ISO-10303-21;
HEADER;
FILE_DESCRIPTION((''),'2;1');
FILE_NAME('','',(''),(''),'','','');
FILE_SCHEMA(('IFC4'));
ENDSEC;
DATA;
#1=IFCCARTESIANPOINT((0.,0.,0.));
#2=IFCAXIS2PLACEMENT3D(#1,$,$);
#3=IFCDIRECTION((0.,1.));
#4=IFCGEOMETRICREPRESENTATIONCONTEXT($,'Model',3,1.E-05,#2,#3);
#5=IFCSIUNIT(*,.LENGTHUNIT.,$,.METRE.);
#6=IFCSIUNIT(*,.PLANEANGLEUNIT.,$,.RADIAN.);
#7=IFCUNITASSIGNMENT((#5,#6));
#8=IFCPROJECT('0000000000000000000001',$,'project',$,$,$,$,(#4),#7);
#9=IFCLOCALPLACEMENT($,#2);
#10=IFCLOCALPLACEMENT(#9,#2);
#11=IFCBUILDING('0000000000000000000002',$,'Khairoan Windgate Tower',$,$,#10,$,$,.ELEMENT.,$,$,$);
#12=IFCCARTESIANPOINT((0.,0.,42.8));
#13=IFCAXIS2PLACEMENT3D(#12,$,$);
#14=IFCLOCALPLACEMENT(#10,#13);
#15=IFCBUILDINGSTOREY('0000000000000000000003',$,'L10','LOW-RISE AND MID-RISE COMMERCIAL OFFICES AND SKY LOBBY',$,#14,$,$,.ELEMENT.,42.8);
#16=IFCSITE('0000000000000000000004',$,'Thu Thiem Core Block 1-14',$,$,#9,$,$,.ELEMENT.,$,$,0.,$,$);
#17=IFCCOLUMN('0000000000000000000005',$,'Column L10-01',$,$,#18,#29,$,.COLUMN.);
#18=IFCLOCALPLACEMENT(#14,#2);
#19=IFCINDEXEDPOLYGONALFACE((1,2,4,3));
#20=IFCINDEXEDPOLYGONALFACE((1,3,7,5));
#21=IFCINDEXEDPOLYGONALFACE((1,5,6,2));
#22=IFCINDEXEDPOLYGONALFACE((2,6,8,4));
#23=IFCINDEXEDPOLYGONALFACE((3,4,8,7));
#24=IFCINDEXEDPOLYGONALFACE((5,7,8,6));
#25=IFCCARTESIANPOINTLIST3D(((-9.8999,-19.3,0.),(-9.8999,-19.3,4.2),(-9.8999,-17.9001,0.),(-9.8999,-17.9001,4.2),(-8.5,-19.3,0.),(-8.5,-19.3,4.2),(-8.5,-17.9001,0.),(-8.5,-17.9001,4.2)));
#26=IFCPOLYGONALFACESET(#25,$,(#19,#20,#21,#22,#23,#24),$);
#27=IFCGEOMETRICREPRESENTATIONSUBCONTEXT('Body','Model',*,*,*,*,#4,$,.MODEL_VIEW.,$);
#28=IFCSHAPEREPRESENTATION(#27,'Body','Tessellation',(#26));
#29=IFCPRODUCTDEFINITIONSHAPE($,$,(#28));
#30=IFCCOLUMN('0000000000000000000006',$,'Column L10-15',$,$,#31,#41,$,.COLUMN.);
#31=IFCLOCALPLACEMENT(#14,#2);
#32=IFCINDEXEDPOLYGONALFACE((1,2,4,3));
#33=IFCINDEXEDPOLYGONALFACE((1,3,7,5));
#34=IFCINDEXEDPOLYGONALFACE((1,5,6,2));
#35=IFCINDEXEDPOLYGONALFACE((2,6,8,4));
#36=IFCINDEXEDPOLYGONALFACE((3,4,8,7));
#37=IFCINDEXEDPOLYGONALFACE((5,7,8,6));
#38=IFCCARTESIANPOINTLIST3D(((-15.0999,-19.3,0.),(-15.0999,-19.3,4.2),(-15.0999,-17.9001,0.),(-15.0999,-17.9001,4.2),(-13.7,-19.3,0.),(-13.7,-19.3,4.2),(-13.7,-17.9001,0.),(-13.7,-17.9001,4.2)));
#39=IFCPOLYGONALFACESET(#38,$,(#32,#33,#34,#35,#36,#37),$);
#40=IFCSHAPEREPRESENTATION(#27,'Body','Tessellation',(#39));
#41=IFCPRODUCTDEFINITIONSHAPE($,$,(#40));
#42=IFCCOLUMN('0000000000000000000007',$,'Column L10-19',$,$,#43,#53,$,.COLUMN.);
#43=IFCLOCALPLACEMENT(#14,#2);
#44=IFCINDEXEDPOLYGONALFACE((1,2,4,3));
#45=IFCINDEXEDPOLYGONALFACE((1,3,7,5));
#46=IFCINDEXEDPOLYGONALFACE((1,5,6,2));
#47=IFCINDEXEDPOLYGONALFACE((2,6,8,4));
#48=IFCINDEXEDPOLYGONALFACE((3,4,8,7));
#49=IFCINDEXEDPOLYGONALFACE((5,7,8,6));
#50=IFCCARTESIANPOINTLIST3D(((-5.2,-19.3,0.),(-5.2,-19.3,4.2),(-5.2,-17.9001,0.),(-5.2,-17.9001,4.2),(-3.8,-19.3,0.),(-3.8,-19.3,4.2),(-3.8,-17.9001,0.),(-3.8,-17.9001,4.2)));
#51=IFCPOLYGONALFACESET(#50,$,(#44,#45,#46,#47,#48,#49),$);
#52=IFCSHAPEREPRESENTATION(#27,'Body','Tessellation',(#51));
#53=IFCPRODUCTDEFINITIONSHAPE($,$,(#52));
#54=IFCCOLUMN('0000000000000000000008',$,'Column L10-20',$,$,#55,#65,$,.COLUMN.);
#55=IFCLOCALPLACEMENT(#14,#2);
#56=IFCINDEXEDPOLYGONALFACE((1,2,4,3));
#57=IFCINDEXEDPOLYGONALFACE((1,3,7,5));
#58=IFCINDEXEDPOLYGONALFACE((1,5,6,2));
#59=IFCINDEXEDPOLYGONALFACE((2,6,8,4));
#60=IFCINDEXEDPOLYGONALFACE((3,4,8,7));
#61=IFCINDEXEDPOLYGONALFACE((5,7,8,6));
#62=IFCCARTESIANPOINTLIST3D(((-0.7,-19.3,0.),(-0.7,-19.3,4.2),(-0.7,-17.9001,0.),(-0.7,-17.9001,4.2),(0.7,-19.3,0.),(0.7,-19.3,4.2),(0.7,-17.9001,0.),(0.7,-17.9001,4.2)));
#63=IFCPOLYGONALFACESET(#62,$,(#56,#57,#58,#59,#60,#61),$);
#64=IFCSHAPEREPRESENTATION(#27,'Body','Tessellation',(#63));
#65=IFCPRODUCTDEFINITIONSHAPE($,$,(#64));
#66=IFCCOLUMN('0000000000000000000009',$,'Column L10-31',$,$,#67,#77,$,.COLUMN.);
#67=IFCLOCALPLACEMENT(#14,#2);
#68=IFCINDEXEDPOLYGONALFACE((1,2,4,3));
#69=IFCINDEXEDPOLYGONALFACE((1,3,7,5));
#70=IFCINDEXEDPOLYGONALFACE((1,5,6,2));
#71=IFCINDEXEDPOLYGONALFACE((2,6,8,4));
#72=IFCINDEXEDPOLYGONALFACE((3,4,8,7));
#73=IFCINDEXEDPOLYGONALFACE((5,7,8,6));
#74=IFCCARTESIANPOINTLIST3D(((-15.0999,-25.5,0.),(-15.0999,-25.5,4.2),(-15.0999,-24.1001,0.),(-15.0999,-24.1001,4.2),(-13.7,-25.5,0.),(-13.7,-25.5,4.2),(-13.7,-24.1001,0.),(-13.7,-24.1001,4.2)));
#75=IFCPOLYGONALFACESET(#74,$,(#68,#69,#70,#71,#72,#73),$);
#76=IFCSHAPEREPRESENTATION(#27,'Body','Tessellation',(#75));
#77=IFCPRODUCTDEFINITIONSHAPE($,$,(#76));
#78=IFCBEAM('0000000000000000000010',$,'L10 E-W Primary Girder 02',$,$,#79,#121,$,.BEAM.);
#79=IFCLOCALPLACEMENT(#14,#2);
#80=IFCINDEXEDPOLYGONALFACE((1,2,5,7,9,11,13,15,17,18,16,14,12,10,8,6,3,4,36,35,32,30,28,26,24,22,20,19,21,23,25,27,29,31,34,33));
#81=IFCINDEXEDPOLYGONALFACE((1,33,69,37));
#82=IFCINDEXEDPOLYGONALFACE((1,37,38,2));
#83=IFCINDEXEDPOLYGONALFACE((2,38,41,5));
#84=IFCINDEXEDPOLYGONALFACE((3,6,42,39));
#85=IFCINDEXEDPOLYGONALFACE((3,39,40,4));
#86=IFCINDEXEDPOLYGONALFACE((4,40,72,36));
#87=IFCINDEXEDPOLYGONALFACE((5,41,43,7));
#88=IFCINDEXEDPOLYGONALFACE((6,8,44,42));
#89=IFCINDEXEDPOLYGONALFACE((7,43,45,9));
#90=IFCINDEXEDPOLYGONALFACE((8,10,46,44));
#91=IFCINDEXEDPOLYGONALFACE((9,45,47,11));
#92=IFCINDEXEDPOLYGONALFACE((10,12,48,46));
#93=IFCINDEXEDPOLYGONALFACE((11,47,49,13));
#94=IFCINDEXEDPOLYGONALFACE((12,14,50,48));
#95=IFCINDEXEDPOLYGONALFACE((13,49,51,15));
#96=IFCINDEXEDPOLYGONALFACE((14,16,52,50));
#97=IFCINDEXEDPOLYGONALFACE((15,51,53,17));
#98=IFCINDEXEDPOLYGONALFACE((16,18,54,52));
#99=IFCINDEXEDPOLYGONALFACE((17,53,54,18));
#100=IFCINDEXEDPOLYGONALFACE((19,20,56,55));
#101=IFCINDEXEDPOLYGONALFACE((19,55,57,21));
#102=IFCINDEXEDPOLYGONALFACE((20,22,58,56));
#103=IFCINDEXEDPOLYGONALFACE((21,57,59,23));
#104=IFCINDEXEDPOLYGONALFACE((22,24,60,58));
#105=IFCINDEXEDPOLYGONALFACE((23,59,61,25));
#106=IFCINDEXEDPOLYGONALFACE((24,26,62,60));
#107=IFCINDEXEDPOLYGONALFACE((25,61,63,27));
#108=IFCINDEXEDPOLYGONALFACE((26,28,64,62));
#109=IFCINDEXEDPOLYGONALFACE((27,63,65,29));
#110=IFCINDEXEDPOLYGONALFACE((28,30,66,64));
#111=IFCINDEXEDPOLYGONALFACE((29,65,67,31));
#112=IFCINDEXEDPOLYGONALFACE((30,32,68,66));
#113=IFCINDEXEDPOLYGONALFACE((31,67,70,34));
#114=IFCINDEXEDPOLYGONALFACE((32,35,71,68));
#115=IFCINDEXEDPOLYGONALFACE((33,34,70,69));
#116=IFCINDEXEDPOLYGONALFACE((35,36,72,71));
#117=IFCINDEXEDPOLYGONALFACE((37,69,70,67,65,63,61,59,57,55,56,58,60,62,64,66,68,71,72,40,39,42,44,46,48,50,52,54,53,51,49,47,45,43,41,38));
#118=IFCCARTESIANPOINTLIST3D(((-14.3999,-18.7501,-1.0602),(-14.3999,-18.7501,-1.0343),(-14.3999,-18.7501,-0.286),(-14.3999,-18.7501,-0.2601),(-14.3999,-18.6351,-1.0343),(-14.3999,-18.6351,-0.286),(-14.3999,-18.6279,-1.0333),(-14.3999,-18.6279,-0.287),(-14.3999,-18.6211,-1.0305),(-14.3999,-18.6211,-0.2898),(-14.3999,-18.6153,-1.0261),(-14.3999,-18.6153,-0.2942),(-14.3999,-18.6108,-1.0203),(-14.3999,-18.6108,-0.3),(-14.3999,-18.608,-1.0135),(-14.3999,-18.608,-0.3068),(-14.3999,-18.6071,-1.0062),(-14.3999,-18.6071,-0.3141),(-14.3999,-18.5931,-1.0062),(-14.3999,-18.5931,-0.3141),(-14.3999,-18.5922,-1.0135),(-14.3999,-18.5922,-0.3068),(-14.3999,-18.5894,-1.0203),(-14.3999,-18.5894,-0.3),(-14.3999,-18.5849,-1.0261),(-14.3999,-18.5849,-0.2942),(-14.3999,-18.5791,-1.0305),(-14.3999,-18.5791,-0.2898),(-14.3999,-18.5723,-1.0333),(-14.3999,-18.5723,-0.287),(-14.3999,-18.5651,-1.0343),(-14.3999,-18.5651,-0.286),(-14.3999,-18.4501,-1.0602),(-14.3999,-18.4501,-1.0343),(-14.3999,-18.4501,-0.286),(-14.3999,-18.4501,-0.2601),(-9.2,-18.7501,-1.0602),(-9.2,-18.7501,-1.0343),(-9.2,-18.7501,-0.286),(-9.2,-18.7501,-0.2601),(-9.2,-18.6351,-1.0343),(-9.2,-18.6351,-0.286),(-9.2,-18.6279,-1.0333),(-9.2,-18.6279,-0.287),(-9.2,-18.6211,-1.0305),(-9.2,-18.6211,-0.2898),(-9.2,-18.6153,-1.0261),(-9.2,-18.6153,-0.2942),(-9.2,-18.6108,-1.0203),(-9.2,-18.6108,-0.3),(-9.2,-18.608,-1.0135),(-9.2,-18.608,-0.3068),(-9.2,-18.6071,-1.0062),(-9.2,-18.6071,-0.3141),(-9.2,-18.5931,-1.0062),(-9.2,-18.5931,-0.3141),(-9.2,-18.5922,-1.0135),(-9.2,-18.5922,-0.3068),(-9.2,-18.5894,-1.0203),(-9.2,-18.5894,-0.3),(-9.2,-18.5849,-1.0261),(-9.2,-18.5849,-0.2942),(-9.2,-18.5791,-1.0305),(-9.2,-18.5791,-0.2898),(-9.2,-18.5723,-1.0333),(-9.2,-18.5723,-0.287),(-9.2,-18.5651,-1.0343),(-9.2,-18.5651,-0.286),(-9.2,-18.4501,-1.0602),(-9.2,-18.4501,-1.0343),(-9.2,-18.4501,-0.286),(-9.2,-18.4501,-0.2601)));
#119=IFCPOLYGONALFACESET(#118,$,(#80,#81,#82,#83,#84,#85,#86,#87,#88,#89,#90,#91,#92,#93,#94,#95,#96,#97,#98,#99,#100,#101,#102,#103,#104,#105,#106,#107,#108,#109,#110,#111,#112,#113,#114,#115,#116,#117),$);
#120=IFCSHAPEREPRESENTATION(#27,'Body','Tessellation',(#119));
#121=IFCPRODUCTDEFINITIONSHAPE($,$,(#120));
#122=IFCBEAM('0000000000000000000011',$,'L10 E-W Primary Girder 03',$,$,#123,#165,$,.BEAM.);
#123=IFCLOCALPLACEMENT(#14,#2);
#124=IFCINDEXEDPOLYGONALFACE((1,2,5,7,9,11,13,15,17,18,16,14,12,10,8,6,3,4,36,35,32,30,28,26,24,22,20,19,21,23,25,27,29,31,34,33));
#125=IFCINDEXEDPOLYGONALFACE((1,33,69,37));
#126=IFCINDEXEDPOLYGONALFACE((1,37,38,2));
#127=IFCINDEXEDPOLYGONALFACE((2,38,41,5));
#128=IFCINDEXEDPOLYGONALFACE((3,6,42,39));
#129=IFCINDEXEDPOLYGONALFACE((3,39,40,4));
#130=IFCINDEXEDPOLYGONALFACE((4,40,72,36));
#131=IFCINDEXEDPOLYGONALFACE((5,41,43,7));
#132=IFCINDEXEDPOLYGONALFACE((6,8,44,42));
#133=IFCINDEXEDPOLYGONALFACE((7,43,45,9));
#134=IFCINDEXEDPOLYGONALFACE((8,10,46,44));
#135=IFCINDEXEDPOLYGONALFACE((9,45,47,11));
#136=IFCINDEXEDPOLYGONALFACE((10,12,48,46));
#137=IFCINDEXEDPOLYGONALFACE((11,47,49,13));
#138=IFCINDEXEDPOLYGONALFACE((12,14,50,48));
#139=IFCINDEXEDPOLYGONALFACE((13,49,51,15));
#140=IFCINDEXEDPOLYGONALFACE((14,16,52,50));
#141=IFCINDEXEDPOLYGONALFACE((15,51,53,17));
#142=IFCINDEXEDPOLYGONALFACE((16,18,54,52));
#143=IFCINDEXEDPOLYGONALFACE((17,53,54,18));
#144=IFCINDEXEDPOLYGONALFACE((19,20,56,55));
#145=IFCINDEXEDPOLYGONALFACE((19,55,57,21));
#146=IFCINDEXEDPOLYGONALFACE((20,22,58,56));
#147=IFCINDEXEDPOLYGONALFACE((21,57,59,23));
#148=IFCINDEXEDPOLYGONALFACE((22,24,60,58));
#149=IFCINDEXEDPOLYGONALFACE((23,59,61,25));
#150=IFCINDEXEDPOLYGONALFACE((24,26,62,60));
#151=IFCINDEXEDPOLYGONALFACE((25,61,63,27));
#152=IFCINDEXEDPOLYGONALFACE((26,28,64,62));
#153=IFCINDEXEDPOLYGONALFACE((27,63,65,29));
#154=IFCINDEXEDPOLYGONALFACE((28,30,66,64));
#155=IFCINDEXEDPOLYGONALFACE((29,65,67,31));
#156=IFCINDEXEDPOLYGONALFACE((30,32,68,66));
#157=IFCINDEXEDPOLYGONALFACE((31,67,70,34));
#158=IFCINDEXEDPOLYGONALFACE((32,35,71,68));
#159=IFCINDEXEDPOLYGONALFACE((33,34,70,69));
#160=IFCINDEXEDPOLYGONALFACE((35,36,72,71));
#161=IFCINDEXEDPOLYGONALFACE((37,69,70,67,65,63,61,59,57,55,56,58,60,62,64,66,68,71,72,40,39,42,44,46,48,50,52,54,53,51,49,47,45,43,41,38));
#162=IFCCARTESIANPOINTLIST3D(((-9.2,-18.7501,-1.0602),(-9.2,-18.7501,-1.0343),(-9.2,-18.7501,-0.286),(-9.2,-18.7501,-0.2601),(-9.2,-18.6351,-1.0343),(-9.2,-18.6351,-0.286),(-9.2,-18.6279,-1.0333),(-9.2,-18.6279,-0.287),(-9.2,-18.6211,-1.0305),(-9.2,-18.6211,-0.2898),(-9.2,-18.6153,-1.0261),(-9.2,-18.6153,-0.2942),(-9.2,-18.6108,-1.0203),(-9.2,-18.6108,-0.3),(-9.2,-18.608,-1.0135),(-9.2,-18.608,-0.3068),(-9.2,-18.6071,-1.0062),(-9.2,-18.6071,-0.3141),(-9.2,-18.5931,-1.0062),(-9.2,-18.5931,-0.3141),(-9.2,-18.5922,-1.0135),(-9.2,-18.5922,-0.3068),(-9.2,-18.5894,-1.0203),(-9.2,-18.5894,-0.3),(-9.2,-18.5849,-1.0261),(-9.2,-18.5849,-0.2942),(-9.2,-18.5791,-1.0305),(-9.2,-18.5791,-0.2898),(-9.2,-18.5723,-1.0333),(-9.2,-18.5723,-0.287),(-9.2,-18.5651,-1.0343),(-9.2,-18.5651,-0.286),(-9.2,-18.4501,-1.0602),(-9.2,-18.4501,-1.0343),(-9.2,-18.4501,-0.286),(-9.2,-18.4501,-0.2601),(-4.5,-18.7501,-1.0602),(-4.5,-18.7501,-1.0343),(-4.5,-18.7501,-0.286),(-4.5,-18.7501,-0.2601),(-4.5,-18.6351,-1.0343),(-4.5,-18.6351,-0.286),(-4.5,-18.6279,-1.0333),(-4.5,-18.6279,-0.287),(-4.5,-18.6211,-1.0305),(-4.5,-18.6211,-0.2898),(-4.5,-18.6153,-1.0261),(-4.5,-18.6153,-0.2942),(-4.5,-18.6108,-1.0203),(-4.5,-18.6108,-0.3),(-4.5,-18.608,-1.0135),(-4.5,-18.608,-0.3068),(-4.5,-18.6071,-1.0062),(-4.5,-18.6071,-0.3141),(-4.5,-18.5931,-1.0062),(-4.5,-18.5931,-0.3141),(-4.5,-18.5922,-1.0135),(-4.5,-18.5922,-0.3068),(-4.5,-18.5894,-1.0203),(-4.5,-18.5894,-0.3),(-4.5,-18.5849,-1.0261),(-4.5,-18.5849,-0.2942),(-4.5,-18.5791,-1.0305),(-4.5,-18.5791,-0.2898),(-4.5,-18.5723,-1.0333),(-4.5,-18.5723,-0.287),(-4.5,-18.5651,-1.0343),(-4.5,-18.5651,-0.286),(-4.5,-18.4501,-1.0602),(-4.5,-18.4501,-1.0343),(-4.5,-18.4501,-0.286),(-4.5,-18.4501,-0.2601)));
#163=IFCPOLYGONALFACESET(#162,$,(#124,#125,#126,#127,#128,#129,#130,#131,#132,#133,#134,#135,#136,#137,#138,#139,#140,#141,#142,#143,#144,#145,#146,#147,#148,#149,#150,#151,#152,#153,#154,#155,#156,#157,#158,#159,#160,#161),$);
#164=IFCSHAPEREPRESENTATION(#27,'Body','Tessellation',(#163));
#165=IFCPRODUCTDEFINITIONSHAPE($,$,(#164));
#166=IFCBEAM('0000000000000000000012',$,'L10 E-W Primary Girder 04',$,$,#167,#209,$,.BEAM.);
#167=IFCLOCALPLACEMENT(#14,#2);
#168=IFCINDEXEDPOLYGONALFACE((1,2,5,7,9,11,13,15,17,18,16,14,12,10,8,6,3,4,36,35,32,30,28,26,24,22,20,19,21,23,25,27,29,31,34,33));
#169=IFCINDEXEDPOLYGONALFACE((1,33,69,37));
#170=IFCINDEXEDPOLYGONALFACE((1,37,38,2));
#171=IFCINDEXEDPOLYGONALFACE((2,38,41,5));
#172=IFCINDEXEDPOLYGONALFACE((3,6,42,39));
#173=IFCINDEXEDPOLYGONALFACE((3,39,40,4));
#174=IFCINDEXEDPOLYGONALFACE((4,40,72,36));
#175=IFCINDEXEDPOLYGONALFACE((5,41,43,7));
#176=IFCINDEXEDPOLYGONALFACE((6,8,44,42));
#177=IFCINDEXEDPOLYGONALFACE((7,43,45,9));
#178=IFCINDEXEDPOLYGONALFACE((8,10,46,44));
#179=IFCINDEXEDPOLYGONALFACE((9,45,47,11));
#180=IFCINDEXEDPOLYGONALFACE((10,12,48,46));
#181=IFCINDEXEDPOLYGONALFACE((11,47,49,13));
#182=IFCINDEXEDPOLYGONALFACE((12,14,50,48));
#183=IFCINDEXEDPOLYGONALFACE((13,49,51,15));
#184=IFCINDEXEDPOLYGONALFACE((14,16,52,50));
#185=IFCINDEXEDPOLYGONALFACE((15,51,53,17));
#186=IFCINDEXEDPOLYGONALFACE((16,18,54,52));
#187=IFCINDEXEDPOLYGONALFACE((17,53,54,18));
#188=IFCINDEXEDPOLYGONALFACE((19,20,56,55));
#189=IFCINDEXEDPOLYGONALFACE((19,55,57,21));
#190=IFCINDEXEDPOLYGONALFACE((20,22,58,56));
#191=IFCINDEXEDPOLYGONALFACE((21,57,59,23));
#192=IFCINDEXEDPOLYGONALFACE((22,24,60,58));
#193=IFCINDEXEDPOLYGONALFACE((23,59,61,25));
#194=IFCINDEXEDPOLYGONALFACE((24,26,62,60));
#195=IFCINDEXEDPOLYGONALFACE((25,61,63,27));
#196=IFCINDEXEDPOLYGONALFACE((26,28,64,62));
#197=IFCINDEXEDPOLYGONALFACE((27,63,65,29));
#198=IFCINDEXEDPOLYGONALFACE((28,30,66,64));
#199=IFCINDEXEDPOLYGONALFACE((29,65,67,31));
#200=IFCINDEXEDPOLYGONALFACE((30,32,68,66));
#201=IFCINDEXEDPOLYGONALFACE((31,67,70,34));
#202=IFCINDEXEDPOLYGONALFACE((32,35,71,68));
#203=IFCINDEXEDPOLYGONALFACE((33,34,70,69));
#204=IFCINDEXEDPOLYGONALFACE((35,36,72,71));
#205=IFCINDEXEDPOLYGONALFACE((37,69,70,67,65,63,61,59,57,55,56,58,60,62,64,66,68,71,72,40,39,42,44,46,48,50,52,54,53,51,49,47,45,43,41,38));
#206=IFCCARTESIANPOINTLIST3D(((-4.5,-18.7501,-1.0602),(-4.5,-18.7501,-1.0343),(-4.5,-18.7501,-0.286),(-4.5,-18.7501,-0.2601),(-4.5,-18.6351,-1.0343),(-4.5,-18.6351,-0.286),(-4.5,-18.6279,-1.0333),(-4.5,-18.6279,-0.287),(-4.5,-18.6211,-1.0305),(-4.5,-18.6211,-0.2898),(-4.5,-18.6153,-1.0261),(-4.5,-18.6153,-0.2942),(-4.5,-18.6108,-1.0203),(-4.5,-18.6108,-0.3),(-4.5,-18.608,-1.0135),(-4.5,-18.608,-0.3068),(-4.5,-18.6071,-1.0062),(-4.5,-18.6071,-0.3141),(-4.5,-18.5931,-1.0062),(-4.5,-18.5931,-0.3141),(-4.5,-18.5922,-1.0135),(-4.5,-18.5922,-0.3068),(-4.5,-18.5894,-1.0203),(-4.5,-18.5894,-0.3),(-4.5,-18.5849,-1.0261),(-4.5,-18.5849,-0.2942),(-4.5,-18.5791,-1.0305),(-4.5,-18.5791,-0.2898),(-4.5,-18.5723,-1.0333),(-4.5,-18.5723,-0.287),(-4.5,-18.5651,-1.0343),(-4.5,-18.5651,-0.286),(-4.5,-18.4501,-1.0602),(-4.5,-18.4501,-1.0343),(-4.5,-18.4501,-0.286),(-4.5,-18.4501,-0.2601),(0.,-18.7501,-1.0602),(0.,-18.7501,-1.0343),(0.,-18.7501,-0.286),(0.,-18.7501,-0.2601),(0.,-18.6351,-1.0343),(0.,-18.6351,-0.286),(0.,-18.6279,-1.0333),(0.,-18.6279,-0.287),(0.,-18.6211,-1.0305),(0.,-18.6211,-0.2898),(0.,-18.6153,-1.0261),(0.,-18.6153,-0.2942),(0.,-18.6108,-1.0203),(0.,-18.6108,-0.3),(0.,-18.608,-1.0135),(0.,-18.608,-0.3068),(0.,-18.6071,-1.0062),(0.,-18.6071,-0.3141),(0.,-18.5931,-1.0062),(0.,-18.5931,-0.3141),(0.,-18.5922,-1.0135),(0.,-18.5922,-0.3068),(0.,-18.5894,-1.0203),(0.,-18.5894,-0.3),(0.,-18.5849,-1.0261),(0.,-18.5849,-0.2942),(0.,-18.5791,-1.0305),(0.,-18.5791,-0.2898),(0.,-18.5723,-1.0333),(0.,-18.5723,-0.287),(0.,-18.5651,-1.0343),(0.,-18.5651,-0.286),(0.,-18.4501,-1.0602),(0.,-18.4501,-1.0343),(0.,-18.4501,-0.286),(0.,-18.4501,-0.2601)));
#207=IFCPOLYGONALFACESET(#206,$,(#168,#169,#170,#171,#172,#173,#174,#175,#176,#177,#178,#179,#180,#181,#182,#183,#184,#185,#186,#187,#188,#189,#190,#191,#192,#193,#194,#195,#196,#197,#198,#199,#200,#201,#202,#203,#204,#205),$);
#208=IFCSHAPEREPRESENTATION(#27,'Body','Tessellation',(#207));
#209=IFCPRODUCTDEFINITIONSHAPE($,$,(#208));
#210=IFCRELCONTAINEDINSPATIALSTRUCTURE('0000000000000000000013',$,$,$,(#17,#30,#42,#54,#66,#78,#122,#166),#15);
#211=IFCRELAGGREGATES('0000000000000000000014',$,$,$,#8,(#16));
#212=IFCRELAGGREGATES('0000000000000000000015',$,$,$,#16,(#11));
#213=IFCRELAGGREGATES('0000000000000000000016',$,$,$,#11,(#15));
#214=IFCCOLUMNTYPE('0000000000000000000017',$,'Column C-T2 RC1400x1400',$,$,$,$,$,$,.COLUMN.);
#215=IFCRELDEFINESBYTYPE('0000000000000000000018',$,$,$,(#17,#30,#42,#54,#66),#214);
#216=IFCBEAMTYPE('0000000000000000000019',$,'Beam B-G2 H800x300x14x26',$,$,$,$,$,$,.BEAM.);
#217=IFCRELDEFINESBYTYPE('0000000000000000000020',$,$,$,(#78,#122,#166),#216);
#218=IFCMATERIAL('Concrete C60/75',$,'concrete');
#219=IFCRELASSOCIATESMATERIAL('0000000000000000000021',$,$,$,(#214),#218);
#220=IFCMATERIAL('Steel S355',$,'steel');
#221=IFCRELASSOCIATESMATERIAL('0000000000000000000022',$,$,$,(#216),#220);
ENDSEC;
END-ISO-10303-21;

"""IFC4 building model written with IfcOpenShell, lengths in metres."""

from ifc_helpers import new_model, si_unit, direction, frame, origin, origin_2d, place, context, subcontext, project, spatial, rectangle, i_section, extrude, material, material_profile, profile_set, type_object, element, save


model = new_model("IFC4")

# Units and contexts
model_context = context("Model", 3, precision=1e-05, world=origin(), true_north=direction((0.0, 1.0)))
body_context = subcontext(model_context, "Body", "Model", "MODEL_VIEW")
ifc_project = project(units=[si_unit("LENGTHUNIT", "METRE"), si_unit("PLANEANGLEUNIT", "RADIAN")], contexts=[model_context])

# Site, building, storey
site_placement = place(None, origin())
site = spatial("IfcSite", under=ifc_project, at=site_placement, Name="Thu Thiem Core Block 1-14", CompositionType="ELEMENT", RefElevation=0.0)
building_placement = place(site_placement, origin())
building = spatial("IfcBuilding", under=site, at=building_placement, Name="Khairoan Windgate Tower", CompositionType="ELEMENT")
storey_placement = place(building_placement, frame((0.0, 0.0, 42.8)))
storey = spatial("IfcBuildingStorey", under=building, at=storey_placement, Name="L10", Description="LOW-RISE AND MID-RISE COMMERCIAL OFFICES AND SKY LOBBY", CompositionType="ELEMENT", Elevation=42.8)

# Columns
ifc_material_1 = material(Name="Concrete C60/75", Category="concrete")
ifc_material_profile_1 = material_profile(ifc_material_1, rectangle(XDim=1.3999, YDim=1.3999, at=origin_2d()))
ifc_profile_set_1 = profile_set([ifc_material_profile_1], Name="Concrete C60/75")
column_type = type_object("IfcColumnType", Name="Column C-T2 RC1400x1400", PredefinedType="COLUMN", material=ifc_profile_set_1)
for number, where, z_axis, x_axis, name in (
    (1, (-9.2, -18.6001, 0.0), (0.0, 0.0, 1.0), (1.0, 0.0, 0.0), "Column L10-01"),
    (2, (-14.3999, -18.6001, 0.0), (0.0, 0.0, 1.0), (1.0, 0.0, 0.0), "Column L10-15"),
    (3, (-4.5, -18.6001, 0.0), (0.0, 0.0, 1.0), (1.0, 0.0, 0.0), "Column L10-19"),
    (4, (0.0, -18.6001, 0.0), (0.0, 0.0, 1.0), (1.0, 0.0, 0.0), "Column L10-20"),
    (5, (-14.3999, -24.8, 0.0), (0.0, 0.0, 1.0), (1.0, 0.0, 0.0), "Column L10-31"),
):
    element("IfcColumn", number, at=place(storey_placement, frame(where, z_axis=z_axis, x_axis=x_axis)), inside=storey, type_object=column_type, Name=name, PredefinedType="COLUMN", context=body_context, shape_type="SweptSolid", body=[
        extrude(rectangle(XDim=1.3999, YDim=1.3999, at=origin_2d()), origin(), (0.0, 0.0, 1.0), 4.2),
    ])

# Beams
ifc_material_2 = material(Name="Steel S355", Category="steel")
ifc_material_profile_2 = material_profile(ifc_material_2, i_section(OverallWidth=0.3, OverallDepth=0.8, WebThickness=0.0139, FlangeThickness=0.0259, FilletRadius=0.0281, at=origin_2d()))
ifc_profile_set_2 = profile_set([ifc_material_profile_2], Name="Steel S355")
beam_type_1 = type_object("IfcBeamType", Name="Beam B-G2 H800x300x14x26", PredefinedType="BEAM", material=ifc_profile_set_2)
beam_1_placement = place(storey_placement, frame((-14.3999, -18.6001, -0.6602), z_axis=(1.0, 0.0, 0.0), x_axis=(0.0, 1.0, 0.0)))
element("IfcBeam", 6, at=beam_1_placement, inside=storey, type_object=beam_type_1, Name="L10 E-W Primary Girder 02", PredefinedType="BEAM", context=body_context, shape_type="SweptSolid", body=[
    extrude(i_section(OverallWidth=0.3, OverallDepth=0.8, WebThickness=0.0139, FlangeThickness=0.0259, FilletRadius=0.0281, at=origin_2d()), origin(), (0.0, 0.0, 1.0), 5.2),
])
beam_2_placement = place(storey_placement, frame((-9.2, -18.6001, -0.6602), z_axis=(1.0, 0.0, 0.0), x_axis=(0.0, 1.0, 0.0)))
element("IfcBeam", 7, at=beam_2_placement, inside=storey, type_object=beam_type_1, Name="L10 E-W Primary Girder 03", PredefinedType="BEAM", context=body_context, shape_type="SweptSolid", body=[
    extrude(i_section(OverallWidth=0.3, OverallDepth=0.8, WebThickness=0.0139, FlangeThickness=0.0259, FilletRadius=0.0281, at=origin_2d()), origin(), (0.0, 0.0, 1.0), 4.7),
])
for number, where, z_axis, x_axis, name in (
    (8, (-4.5, -18.6001, -0.6602), (1.0, 0.0, 0.0), (0.0, 1.0, 0.0), "L10 E-W Primary Girder 04"),
):
    element("IfcBeam", number, at=place(storey_placement, frame(where, z_axis=z_axis, x_axis=x_axis)), inside=storey, type_object=beam_type_1, Name=name, PredefinedType="BEAM", context=body_context, shape_type="SweptSolid", body=[
        extrude(i_section(OverallWidth=0.3, OverallDepth=0.8, WebThickness=0.0139, FlangeThickness=0.0259, FilletRadius=0.0281, at=origin_2d()), origin(), (0.0, 0.0, 1.0), 4.5),
    ])

save(model, "model.ifc")
